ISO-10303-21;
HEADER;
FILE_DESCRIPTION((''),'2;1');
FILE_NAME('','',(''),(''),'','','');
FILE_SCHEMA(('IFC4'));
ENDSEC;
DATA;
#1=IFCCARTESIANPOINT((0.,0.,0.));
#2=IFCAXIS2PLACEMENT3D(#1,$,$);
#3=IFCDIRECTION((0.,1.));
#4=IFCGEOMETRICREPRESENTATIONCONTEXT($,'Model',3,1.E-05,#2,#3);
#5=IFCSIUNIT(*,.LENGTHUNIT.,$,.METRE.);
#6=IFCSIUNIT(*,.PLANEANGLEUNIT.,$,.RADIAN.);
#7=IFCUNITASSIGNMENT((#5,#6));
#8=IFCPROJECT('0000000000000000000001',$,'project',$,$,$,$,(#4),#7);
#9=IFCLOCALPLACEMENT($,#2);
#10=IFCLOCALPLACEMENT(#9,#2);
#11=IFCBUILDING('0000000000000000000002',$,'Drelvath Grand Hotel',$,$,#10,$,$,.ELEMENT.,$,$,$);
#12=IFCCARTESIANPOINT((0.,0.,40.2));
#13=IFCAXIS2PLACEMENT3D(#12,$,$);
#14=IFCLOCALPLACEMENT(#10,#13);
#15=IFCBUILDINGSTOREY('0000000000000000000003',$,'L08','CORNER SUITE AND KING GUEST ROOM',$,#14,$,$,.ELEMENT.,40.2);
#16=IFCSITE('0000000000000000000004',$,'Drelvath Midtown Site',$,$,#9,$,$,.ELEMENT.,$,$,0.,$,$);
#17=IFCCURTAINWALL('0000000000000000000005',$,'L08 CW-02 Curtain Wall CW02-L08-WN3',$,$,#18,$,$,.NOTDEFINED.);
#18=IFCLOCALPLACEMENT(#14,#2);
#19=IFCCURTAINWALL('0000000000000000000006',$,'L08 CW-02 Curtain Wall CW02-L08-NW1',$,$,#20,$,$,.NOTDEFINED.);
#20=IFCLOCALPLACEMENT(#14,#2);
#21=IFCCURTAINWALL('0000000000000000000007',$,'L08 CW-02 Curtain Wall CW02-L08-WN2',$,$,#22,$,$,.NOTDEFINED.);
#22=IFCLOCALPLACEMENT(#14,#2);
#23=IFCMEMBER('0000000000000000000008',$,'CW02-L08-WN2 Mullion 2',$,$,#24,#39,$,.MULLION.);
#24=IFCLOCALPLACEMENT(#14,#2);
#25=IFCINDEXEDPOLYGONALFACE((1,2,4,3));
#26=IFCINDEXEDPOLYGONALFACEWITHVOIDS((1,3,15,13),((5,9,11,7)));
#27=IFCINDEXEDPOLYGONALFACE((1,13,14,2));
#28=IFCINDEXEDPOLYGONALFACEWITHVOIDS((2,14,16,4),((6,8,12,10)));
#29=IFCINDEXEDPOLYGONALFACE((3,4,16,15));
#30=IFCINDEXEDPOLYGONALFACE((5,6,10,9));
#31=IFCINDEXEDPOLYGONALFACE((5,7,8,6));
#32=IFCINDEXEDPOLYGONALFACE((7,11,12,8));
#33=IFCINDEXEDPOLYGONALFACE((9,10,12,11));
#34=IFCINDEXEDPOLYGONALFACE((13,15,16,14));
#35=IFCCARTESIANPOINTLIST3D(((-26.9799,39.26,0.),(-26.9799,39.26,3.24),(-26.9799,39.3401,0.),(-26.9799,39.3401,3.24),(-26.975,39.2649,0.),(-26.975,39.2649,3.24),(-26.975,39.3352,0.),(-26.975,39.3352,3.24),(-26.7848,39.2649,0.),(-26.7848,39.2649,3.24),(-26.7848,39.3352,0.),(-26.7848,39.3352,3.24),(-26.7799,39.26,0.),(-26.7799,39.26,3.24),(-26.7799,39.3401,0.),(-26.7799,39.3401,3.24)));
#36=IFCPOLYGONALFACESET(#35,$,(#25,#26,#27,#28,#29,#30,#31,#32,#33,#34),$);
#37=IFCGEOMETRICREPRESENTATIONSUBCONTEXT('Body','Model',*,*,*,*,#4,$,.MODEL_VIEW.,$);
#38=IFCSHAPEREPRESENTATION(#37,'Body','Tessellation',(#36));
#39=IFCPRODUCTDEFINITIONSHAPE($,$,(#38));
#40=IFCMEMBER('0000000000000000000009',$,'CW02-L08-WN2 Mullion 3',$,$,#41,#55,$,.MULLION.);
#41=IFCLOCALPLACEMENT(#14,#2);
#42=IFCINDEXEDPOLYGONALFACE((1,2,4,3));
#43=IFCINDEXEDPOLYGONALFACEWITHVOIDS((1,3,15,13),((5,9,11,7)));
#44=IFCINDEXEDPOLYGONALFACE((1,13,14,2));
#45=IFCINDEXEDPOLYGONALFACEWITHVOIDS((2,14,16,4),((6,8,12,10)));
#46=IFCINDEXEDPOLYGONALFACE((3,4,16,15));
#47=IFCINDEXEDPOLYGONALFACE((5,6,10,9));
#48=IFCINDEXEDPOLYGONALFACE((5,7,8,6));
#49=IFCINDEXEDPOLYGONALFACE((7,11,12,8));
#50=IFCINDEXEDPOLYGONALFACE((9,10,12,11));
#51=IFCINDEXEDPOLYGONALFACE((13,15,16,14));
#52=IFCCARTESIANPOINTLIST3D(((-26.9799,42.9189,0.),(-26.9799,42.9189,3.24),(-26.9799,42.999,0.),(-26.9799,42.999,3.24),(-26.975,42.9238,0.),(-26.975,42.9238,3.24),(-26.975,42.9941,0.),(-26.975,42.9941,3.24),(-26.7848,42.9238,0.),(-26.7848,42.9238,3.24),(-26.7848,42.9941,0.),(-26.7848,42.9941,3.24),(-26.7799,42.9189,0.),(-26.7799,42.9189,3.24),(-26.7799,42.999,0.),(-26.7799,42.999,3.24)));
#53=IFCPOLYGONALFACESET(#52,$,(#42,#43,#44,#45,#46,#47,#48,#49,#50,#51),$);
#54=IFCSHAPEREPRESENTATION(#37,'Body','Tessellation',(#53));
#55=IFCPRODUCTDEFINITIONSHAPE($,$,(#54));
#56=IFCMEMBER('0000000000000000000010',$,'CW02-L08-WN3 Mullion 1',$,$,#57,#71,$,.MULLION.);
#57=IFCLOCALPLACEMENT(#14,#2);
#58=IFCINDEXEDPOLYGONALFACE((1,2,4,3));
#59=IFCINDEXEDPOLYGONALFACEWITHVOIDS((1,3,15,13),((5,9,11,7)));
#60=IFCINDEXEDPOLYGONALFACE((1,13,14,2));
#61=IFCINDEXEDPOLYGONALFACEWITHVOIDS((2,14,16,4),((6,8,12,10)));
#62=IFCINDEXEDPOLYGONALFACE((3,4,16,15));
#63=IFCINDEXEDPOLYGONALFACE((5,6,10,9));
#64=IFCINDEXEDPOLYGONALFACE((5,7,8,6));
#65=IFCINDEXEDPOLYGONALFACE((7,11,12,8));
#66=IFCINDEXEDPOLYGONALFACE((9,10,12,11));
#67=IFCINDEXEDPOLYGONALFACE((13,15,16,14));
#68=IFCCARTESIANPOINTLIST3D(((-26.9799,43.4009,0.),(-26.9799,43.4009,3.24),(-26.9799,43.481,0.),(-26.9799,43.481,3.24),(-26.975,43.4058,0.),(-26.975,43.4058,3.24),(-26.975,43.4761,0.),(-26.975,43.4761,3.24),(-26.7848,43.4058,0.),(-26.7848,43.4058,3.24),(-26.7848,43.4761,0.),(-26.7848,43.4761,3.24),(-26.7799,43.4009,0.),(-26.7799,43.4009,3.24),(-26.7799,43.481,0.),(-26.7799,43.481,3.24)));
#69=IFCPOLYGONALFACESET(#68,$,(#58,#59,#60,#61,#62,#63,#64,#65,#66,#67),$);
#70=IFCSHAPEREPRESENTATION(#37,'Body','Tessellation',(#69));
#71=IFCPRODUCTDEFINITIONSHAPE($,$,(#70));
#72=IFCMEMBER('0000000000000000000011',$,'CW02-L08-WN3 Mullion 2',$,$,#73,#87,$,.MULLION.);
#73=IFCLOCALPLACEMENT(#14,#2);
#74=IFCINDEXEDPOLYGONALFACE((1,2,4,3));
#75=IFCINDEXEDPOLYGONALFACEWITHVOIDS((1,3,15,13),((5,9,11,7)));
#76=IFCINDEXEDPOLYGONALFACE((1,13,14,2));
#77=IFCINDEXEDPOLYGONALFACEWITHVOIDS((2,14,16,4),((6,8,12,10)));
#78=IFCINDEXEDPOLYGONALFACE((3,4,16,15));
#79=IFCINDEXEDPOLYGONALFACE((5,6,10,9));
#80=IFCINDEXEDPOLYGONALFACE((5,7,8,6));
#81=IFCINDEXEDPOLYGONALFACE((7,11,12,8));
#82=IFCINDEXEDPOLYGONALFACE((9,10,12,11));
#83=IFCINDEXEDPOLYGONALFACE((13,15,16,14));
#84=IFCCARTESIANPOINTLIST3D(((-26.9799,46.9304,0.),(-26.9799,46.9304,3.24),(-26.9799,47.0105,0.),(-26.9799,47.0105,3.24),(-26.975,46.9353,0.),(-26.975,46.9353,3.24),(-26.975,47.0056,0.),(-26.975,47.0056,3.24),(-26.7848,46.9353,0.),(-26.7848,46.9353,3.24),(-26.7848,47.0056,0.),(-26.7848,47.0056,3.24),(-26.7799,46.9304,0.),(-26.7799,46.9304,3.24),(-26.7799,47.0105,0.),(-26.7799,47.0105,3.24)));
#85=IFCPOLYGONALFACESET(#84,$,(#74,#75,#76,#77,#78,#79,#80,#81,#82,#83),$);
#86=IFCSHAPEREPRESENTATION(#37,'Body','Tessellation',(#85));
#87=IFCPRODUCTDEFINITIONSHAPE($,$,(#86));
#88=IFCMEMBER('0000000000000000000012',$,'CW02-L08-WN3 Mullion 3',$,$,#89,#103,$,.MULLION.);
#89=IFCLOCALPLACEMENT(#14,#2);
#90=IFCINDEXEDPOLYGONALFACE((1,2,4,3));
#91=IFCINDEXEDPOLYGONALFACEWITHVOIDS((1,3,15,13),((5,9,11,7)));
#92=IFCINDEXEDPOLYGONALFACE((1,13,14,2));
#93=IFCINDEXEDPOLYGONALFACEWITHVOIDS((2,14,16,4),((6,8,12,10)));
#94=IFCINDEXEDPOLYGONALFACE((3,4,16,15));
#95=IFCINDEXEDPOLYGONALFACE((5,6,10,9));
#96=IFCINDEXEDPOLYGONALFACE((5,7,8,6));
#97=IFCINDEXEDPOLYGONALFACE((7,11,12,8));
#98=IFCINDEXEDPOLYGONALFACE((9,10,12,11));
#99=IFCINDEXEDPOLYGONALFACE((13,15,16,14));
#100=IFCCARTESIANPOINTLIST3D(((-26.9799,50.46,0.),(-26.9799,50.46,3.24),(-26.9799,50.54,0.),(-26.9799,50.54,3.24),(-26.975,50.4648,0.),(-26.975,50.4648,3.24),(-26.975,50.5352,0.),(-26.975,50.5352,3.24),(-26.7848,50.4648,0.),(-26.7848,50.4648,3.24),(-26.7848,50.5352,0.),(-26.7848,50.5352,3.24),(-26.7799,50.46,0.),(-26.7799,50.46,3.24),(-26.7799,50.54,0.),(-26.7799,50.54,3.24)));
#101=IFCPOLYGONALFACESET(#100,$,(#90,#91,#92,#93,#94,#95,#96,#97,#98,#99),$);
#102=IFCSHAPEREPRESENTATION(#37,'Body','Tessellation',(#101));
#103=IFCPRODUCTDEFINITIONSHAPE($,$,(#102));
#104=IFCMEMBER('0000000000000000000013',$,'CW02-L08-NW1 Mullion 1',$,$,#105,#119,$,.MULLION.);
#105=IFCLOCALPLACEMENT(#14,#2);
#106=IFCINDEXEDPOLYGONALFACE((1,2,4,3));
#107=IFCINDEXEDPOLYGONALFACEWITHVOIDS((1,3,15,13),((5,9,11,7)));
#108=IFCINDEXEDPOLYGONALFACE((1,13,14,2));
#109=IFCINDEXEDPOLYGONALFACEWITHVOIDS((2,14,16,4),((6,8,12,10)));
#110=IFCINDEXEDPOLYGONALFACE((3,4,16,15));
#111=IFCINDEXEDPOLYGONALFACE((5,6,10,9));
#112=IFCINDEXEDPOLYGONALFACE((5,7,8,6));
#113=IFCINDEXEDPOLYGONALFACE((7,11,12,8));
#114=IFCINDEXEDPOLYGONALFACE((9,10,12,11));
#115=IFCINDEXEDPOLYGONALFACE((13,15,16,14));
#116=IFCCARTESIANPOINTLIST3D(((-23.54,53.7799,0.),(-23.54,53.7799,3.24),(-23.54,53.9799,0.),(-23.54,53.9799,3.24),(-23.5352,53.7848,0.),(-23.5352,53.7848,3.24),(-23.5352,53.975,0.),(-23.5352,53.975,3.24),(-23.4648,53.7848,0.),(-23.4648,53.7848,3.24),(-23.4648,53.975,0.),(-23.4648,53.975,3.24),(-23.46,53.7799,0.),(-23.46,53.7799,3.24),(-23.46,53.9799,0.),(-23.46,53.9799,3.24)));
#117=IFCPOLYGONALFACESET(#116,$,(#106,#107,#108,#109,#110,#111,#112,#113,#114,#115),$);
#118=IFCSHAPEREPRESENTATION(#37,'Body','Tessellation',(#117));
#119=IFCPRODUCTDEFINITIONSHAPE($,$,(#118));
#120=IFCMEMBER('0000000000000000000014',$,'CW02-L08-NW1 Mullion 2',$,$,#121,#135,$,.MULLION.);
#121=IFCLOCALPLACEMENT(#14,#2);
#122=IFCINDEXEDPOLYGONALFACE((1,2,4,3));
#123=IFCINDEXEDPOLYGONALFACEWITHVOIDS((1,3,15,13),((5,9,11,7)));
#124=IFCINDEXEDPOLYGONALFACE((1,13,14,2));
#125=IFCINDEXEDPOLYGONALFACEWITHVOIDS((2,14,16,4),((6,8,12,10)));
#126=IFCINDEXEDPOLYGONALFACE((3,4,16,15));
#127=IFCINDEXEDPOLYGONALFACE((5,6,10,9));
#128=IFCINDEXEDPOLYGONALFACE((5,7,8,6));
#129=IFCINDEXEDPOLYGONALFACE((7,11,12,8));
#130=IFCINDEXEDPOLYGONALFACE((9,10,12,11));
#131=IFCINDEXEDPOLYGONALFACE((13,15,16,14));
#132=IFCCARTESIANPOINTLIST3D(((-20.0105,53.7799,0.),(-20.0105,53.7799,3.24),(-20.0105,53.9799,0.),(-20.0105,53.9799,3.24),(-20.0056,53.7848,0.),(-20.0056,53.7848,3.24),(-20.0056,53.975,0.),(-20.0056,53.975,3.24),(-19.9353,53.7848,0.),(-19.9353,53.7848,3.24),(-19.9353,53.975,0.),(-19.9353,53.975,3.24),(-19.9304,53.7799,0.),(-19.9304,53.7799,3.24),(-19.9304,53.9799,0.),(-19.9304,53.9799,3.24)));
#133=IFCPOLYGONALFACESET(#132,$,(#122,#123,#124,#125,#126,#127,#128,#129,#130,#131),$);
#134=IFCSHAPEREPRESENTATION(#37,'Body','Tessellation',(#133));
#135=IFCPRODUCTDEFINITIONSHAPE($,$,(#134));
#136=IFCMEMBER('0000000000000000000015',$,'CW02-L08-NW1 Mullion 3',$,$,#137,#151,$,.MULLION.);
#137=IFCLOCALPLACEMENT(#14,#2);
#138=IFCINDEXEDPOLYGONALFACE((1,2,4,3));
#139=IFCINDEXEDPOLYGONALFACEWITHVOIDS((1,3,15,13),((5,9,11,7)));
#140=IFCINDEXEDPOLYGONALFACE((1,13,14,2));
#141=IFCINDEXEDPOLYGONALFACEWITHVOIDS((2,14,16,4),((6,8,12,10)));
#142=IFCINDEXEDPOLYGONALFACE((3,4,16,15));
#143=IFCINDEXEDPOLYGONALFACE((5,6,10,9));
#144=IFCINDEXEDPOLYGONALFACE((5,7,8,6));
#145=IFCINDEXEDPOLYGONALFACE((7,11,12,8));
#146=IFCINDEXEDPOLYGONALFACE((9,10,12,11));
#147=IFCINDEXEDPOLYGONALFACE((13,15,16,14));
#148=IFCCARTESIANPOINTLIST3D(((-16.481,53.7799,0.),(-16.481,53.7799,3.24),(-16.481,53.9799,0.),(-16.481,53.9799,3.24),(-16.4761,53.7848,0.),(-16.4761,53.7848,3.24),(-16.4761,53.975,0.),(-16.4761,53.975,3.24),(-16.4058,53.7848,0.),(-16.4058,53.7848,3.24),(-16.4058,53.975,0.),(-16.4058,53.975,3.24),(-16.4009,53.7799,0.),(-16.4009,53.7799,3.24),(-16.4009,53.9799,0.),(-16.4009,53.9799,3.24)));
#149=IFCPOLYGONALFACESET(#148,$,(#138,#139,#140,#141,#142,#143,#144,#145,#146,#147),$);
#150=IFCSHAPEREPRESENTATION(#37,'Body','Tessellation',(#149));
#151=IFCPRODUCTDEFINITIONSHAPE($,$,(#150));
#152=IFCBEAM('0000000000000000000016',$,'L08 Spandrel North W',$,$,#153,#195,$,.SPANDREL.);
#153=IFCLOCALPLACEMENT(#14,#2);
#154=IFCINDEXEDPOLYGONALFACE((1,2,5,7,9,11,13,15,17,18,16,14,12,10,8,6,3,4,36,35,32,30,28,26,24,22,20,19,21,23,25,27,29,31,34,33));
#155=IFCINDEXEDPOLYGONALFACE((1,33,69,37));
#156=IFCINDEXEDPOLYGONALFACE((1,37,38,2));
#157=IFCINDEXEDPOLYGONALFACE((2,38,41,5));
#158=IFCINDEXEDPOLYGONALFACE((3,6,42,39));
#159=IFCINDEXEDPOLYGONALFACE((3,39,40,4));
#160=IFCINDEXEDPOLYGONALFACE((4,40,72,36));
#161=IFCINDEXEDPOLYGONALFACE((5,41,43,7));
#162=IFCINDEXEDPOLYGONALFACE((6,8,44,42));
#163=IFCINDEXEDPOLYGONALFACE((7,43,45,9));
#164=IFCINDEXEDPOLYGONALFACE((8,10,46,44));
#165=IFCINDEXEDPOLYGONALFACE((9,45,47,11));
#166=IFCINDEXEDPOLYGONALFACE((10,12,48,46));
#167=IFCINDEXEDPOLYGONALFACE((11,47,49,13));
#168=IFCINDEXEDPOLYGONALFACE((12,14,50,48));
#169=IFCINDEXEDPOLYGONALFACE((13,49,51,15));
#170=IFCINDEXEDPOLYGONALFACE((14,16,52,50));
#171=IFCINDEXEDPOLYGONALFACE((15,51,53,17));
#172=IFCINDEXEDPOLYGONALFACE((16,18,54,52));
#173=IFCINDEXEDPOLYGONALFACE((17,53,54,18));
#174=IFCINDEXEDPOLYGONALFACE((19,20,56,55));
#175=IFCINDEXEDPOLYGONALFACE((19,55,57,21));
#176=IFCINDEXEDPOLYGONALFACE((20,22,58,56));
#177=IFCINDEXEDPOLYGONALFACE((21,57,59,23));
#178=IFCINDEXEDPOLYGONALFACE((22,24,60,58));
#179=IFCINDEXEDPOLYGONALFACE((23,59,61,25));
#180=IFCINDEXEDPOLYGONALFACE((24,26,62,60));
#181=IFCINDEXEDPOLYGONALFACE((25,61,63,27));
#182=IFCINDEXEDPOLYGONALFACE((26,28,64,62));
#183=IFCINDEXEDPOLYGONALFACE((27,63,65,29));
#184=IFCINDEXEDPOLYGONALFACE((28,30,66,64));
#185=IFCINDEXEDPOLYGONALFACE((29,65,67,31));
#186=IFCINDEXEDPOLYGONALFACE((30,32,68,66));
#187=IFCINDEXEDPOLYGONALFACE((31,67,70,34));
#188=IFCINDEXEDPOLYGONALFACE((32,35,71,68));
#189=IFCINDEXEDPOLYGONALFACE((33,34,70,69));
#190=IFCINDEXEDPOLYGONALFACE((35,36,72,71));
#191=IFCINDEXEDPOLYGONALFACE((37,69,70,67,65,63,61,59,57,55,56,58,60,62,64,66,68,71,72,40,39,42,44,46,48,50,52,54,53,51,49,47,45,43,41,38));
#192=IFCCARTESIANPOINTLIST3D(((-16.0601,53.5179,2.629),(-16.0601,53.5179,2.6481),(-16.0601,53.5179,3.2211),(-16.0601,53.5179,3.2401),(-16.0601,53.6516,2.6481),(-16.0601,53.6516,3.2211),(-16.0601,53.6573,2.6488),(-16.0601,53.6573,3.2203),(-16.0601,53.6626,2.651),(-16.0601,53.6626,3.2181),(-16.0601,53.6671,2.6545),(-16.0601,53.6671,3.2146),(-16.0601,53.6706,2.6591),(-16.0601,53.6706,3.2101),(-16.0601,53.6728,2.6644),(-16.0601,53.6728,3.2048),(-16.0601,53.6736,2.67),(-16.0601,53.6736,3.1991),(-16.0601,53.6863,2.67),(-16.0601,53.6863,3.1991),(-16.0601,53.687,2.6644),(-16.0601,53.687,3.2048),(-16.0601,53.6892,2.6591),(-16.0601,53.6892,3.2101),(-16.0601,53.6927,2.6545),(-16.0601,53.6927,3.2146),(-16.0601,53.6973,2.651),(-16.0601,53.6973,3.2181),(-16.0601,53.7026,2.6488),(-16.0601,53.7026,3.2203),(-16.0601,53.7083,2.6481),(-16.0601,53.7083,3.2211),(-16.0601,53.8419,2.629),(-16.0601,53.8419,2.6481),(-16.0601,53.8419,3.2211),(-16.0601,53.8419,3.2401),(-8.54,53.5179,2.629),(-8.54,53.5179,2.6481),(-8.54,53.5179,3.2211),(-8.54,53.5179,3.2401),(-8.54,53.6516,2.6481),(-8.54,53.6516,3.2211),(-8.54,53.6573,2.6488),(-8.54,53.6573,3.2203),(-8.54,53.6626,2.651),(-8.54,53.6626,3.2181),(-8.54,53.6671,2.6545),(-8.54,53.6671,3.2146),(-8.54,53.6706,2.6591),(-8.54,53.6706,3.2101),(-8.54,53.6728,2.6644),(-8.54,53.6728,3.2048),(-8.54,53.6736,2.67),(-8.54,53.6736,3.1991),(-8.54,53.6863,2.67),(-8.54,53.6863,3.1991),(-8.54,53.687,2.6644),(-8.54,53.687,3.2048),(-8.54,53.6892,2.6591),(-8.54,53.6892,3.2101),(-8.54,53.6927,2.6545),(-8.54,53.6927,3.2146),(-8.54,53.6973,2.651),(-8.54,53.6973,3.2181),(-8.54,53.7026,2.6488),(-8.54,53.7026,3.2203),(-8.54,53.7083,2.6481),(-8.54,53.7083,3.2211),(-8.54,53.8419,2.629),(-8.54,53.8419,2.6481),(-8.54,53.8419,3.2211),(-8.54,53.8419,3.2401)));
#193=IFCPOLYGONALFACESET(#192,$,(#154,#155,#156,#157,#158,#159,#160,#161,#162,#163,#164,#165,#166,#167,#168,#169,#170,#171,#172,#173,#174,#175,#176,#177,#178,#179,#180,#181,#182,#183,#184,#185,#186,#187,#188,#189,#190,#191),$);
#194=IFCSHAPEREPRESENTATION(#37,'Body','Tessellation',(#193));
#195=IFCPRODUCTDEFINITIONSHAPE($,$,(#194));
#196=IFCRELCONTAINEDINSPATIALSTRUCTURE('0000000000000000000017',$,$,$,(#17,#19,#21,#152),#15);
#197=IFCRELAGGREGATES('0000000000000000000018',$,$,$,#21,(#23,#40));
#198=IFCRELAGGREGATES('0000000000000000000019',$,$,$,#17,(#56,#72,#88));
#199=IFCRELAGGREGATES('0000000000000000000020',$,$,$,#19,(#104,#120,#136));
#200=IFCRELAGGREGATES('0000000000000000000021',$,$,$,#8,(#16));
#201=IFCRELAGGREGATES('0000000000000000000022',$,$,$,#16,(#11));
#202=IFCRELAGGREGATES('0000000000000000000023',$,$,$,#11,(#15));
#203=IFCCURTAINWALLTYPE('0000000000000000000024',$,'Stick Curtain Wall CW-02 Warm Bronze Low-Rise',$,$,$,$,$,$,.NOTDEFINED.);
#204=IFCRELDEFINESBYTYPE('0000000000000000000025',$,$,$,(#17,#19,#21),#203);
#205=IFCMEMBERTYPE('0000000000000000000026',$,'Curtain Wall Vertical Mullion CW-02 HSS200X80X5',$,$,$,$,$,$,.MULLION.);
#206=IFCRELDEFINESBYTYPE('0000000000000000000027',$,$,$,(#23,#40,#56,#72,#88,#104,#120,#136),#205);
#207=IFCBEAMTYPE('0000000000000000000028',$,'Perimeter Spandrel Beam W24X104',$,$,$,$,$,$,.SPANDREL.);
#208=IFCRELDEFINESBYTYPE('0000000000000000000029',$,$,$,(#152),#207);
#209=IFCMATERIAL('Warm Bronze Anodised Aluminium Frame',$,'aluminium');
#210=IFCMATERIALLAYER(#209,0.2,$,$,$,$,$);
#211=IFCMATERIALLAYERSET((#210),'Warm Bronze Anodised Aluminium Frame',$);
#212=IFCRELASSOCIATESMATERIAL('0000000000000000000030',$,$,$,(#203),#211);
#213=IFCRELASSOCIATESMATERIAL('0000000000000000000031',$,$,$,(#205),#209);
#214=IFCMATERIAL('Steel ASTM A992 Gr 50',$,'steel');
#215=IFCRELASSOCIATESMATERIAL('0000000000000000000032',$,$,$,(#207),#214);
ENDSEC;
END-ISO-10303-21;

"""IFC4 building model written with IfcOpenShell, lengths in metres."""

from ifc_helpers import new_model, si_unit, direction, frame, origin, origin_2d, place, context, subcontext, project, spatial, hollow_rectangle, i_section, extrude, material, layer, layer_set, material_profile, profile_set, type_object, element, aggregate, save


model = new_model("IFC4")

# Units and contexts
model_context = context("Model", 3, precision=1e-05, world=origin(), true_north=direction((0.0, 1.0)))
body_context = subcontext(model_context, "Body", "Model", "MODEL_VIEW")
ifc_project = project(units=[si_unit("LENGTHUNIT", "METRE"), si_unit("PLANEANGLEUNIT", "RADIAN")], contexts=[model_context])

# Site, building, storey
site_placement = place(None, origin())
site = spatial("IfcSite", under=ifc_project, at=site_placement, Name="Drelvath Midtown Site", CompositionType="ELEMENT", RefElevation=0.0)
building_placement = place(site_placement, origin())
building = spatial("IfcBuilding", under=site, at=building_placement, Name="Drelvath Grand Hotel", CompositionType="ELEMENT")
storey_placement = place(building_placement, frame((0.0, 0.0, 40.2)))
storey = spatial("IfcBuildingStorey", under=building, at=storey_placement, Name="L08", Description="CORNER SUITE AND KING GUEST ROOM", CompositionType="ELEMENT", Elevation=40.2)

# Shared definitions
ifc_material_1 = material(Name="Steel ASTM A992 Gr 50", Category="steel")

# Curtain walls
ifc_material_2 = material(Name="Warm Bronze Anodised Aluminium Frame", Category="aluminium")
ifc_layer_1 = layer(ifc_material_2, 0.2)
ifc_layer_set_1 = layer_set([ifc_layer_1], Name="Warm Bronze Anodised Aluminium Frame")
curtain_wall_type = type_object("IfcCurtainWallType", Name="Stick Curtain Wall CW-02 Warm Bronze Low-Rise", PredefinedType="NOTDEFINED", material=ifc_layer_set_1)
curtain_wall_1_placement = place(storey_placement, origin())
curtain_wall_1 = element("IfcCurtainWall", 1, at=curtain_wall_1_placement, inside=storey, type_object=curtain_wall_type, Name="L08 CW-02 Curtain Wall CW02-L08-WN3", PredefinedType="NOTDEFINED")
curtain_wall_2_placement = place(storey_placement, origin())
curtain_wall_2 = element("IfcCurtainWall", 2, at=curtain_wall_2_placement, inside=storey, type_object=curtain_wall_type, Name="L08 CW-02 Curtain Wall CW02-L08-NW1", PredefinedType="NOTDEFINED")

# Curtain wall, members
curtain_wall_3_placement = place(storey_placement, origin())
curtain_wall_3 = element("IfcCurtainWall", 3, at=curtain_wall_3_placement, inside=storey, type_object=curtain_wall_type, Name="L08 CW-02 Curtain Wall CW02-L08-WN2", PredefinedType="NOTDEFINED")
ifc_material_profile_1 = material_profile(ifc_material_2, hollow_rectangle(XDim=0.0801, YDim=0.2, WallThickness=0.0049, at=origin_2d()), Name="HSS200X80X5")
ifc_profile_set_1 = profile_set([ifc_material_profile_1], Name="Warm Bronze Anodised Aluminium Frame")
member_type_1 = type_object("IfcMemberType", Name="Curtain Wall Vertical Mullion CW-02 HSS200X80X5", PredefinedType="MULLION", material=ifc_profile_set_1)
member_1_placement = place(storey_placement, frame((-26.8799, 39.3, 0.0), z_axis=(0.0, 0.0, 1.0), x_axis=(0.0, 1.0, 0.0)))
member_1 = element("IfcMember", 4, at=member_1_placement, type_object=member_type_1, Name="CW02-L08-WN2 Mullion 2", PredefinedType="MULLION", context=body_context, shape_type="SweptSolid", body=[
    extrude(hollow_rectangle(XDim=0.0801, YDim=0.2, WallThickness=0.0049, at=origin_2d()), origin(), (0.0, 0.0, 1.0), 3.24),
])
member_2_placement = place(storey_placement, frame((-26.8799, 42.959, 0.0), z_axis=(0.0, 0.0, 1.0), x_axis=(0.0, 1.0, 0.0)))
member_2 = element("IfcMember", 5, at=member_2_placement, type_object=member_type_1, Name="CW02-L08-WN2 Mullion 3", PredefinedType="MULLION", context=body_context, shape_type="SweptSolid", body=[
    extrude(hollow_rectangle(XDim=0.0801, YDim=0.2, WallThickness=0.0049, at=origin_2d()), origin(), (0.0, 0.0, 1.0), 3.24),
])

# Members
member_3_placement = place(storey_placement, frame((-26.8799, 43.4409, 0.0), z_axis=(0.0, 0.0, 1.0), x_axis=(0.0, 1.0, 0.0)))
member_3 = element("IfcMember", 6, at=member_3_placement, type_object=member_type_1, Name="CW02-L08-WN3 Mullion 1", PredefinedType="MULLION", context=body_context, shape_type="SweptSolid", body=[
    extrude(hollow_rectangle(XDim=0.0801, YDim=0.2, WallThickness=0.0049, at=origin_2d()), origin(), (0.0, 0.0, 1.0), 3.24),
])
member_4_placement = place(storey_placement, frame((-26.8799, 46.9705, 0.0), z_axis=(0.0, 0.0, 1.0), x_axis=(0.0, 1.0, 0.0)))
member_4 = element("IfcMember", 7, at=member_4_placement, type_object=member_type_1, Name="CW02-L08-WN3 Mullion 2", PredefinedType="MULLION", context=body_context, shape_type="SweptSolid", body=[
    extrude(hollow_rectangle(XDim=0.0801, YDim=0.2, WallThickness=0.0049, at=origin_2d()), origin(), (0.0, 0.0, 1.0), 3.24),
])
member_5_placement = place(storey_placement, frame((-26.8799, 50.5, 0.0), z_axis=(0.0, 0.0, 1.0), x_axis=(0.0, 1.0, 0.0)))
member_5 = element("IfcMember", 8, at=member_5_placement, type_object=member_type_1, Name="CW02-L08-WN3 Mullion 3", PredefinedType="MULLION", context=body_context, shape_type="SweptSolid", body=[
    extrude(hollow_rectangle(XDim=0.0801, YDim=0.2, WallThickness=0.0049, at=origin_2d()), origin(), (0.0, 0.0, 1.0), 3.24),
])
member_6_placement = place(storey_placement, frame((-23.5, 53.8799, 0.0), z_axis=(0.0, 0.0, 1.0), x_axis=(1.0, 0.0, 0.0)))
member_6 = element("IfcMember", 9, at=member_6_placement, type_object=member_type_1, Name="CW02-L08-NW1 Mullion 1", PredefinedType="MULLION", context=body_context, shape_type="SweptSolid", body=[
    extrude(hollow_rectangle(XDim=0.0801, YDim=0.2, WallThickness=0.0049, at=origin_2d()), origin(), (0.0, 0.0, 1.0), 3.24),
])
member_7_placement = place(storey_placement, frame((-19.9705, 53.8799, 0.0), z_axis=(0.0, 0.0, 1.0), x_axis=(1.0, 0.0, 0.0)))
member_7 = element("IfcMember", 10, at=member_7_placement, type_object=member_type_1, Name="CW02-L08-NW1 Mullion 2", PredefinedType="MULLION", context=body_context, shape_type="SweptSolid", body=[
    extrude(hollow_rectangle(XDim=0.0801, YDim=0.2, WallThickness=0.0049, at=origin_2d()), origin(), (0.0, 0.0, 1.0), 3.24),
])
member_8_placement = place(storey_placement, frame((-16.4409, 53.8799, 0.0), z_axis=(0.0, 0.0, 1.0), x_axis=(1.0, 0.0, 0.0)))
member_8 = element("IfcMember", 11, at=member_8_placement, type_object=member_type_1, Name="CW02-L08-NW1 Mullion 3", PredefinedType="MULLION", context=body_context, shape_type="SweptSolid", body=[
    extrude(hollow_rectangle(XDim=0.0801, YDim=0.2, WallThickness=0.0049, at=origin_2d()), origin(), (0.0, 0.0, 1.0), 3.24),
])

# Beam
ifc_material_profile_2 = material_profile(ifc_material_1, i_section(OverallWidth=0.324, OverallDepth=0.6111, WebThickness=0.0127, FlangeThickness=0.019, FilletRadius=0.022, at=origin_2d()), Name="W24X104")
ifc_profile_set_2 = profile_set([ifc_material_profile_2], Name="Steel ASTM A992 Gr 50")
beam_type_1 = type_object("IfcBeamType", Name="Perimeter Spandrel Beam W24X104", PredefinedType="SPANDREL", material=ifc_profile_set_2)
beam_1_placement = place(storey_placement, frame((-16.0601, 53.6799, 2.9346), z_axis=(1.0, 0.0, 0.0), x_axis=(0.0, 1.0, 0.0)))
element("IfcBeam", 12, at=beam_1_placement, inside=storey, type_object=beam_type_1, Name="L08 Spandrel North W", PredefinedType="SPANDREL", context=body_context, shape_type="SweptSolid", body=[
    extrude(i_section(OverallWidth=0.324, OverallDepth=0.6111, WebThickness=0.0127, FlangeThickness=0.019, FilletRadius=0.022, at=origin_2d()), origin(), (0.0, 0.0, 1.0), 7.52),
])

aggregate(curtain_wall_3, [member_1, member_2])
aggregate(curtain_wall_1, [member_3, member_4, member_5])
aggregate(curtain_wall_2, [member_6, member_7, member_8])

save(model, "model.ifc")
